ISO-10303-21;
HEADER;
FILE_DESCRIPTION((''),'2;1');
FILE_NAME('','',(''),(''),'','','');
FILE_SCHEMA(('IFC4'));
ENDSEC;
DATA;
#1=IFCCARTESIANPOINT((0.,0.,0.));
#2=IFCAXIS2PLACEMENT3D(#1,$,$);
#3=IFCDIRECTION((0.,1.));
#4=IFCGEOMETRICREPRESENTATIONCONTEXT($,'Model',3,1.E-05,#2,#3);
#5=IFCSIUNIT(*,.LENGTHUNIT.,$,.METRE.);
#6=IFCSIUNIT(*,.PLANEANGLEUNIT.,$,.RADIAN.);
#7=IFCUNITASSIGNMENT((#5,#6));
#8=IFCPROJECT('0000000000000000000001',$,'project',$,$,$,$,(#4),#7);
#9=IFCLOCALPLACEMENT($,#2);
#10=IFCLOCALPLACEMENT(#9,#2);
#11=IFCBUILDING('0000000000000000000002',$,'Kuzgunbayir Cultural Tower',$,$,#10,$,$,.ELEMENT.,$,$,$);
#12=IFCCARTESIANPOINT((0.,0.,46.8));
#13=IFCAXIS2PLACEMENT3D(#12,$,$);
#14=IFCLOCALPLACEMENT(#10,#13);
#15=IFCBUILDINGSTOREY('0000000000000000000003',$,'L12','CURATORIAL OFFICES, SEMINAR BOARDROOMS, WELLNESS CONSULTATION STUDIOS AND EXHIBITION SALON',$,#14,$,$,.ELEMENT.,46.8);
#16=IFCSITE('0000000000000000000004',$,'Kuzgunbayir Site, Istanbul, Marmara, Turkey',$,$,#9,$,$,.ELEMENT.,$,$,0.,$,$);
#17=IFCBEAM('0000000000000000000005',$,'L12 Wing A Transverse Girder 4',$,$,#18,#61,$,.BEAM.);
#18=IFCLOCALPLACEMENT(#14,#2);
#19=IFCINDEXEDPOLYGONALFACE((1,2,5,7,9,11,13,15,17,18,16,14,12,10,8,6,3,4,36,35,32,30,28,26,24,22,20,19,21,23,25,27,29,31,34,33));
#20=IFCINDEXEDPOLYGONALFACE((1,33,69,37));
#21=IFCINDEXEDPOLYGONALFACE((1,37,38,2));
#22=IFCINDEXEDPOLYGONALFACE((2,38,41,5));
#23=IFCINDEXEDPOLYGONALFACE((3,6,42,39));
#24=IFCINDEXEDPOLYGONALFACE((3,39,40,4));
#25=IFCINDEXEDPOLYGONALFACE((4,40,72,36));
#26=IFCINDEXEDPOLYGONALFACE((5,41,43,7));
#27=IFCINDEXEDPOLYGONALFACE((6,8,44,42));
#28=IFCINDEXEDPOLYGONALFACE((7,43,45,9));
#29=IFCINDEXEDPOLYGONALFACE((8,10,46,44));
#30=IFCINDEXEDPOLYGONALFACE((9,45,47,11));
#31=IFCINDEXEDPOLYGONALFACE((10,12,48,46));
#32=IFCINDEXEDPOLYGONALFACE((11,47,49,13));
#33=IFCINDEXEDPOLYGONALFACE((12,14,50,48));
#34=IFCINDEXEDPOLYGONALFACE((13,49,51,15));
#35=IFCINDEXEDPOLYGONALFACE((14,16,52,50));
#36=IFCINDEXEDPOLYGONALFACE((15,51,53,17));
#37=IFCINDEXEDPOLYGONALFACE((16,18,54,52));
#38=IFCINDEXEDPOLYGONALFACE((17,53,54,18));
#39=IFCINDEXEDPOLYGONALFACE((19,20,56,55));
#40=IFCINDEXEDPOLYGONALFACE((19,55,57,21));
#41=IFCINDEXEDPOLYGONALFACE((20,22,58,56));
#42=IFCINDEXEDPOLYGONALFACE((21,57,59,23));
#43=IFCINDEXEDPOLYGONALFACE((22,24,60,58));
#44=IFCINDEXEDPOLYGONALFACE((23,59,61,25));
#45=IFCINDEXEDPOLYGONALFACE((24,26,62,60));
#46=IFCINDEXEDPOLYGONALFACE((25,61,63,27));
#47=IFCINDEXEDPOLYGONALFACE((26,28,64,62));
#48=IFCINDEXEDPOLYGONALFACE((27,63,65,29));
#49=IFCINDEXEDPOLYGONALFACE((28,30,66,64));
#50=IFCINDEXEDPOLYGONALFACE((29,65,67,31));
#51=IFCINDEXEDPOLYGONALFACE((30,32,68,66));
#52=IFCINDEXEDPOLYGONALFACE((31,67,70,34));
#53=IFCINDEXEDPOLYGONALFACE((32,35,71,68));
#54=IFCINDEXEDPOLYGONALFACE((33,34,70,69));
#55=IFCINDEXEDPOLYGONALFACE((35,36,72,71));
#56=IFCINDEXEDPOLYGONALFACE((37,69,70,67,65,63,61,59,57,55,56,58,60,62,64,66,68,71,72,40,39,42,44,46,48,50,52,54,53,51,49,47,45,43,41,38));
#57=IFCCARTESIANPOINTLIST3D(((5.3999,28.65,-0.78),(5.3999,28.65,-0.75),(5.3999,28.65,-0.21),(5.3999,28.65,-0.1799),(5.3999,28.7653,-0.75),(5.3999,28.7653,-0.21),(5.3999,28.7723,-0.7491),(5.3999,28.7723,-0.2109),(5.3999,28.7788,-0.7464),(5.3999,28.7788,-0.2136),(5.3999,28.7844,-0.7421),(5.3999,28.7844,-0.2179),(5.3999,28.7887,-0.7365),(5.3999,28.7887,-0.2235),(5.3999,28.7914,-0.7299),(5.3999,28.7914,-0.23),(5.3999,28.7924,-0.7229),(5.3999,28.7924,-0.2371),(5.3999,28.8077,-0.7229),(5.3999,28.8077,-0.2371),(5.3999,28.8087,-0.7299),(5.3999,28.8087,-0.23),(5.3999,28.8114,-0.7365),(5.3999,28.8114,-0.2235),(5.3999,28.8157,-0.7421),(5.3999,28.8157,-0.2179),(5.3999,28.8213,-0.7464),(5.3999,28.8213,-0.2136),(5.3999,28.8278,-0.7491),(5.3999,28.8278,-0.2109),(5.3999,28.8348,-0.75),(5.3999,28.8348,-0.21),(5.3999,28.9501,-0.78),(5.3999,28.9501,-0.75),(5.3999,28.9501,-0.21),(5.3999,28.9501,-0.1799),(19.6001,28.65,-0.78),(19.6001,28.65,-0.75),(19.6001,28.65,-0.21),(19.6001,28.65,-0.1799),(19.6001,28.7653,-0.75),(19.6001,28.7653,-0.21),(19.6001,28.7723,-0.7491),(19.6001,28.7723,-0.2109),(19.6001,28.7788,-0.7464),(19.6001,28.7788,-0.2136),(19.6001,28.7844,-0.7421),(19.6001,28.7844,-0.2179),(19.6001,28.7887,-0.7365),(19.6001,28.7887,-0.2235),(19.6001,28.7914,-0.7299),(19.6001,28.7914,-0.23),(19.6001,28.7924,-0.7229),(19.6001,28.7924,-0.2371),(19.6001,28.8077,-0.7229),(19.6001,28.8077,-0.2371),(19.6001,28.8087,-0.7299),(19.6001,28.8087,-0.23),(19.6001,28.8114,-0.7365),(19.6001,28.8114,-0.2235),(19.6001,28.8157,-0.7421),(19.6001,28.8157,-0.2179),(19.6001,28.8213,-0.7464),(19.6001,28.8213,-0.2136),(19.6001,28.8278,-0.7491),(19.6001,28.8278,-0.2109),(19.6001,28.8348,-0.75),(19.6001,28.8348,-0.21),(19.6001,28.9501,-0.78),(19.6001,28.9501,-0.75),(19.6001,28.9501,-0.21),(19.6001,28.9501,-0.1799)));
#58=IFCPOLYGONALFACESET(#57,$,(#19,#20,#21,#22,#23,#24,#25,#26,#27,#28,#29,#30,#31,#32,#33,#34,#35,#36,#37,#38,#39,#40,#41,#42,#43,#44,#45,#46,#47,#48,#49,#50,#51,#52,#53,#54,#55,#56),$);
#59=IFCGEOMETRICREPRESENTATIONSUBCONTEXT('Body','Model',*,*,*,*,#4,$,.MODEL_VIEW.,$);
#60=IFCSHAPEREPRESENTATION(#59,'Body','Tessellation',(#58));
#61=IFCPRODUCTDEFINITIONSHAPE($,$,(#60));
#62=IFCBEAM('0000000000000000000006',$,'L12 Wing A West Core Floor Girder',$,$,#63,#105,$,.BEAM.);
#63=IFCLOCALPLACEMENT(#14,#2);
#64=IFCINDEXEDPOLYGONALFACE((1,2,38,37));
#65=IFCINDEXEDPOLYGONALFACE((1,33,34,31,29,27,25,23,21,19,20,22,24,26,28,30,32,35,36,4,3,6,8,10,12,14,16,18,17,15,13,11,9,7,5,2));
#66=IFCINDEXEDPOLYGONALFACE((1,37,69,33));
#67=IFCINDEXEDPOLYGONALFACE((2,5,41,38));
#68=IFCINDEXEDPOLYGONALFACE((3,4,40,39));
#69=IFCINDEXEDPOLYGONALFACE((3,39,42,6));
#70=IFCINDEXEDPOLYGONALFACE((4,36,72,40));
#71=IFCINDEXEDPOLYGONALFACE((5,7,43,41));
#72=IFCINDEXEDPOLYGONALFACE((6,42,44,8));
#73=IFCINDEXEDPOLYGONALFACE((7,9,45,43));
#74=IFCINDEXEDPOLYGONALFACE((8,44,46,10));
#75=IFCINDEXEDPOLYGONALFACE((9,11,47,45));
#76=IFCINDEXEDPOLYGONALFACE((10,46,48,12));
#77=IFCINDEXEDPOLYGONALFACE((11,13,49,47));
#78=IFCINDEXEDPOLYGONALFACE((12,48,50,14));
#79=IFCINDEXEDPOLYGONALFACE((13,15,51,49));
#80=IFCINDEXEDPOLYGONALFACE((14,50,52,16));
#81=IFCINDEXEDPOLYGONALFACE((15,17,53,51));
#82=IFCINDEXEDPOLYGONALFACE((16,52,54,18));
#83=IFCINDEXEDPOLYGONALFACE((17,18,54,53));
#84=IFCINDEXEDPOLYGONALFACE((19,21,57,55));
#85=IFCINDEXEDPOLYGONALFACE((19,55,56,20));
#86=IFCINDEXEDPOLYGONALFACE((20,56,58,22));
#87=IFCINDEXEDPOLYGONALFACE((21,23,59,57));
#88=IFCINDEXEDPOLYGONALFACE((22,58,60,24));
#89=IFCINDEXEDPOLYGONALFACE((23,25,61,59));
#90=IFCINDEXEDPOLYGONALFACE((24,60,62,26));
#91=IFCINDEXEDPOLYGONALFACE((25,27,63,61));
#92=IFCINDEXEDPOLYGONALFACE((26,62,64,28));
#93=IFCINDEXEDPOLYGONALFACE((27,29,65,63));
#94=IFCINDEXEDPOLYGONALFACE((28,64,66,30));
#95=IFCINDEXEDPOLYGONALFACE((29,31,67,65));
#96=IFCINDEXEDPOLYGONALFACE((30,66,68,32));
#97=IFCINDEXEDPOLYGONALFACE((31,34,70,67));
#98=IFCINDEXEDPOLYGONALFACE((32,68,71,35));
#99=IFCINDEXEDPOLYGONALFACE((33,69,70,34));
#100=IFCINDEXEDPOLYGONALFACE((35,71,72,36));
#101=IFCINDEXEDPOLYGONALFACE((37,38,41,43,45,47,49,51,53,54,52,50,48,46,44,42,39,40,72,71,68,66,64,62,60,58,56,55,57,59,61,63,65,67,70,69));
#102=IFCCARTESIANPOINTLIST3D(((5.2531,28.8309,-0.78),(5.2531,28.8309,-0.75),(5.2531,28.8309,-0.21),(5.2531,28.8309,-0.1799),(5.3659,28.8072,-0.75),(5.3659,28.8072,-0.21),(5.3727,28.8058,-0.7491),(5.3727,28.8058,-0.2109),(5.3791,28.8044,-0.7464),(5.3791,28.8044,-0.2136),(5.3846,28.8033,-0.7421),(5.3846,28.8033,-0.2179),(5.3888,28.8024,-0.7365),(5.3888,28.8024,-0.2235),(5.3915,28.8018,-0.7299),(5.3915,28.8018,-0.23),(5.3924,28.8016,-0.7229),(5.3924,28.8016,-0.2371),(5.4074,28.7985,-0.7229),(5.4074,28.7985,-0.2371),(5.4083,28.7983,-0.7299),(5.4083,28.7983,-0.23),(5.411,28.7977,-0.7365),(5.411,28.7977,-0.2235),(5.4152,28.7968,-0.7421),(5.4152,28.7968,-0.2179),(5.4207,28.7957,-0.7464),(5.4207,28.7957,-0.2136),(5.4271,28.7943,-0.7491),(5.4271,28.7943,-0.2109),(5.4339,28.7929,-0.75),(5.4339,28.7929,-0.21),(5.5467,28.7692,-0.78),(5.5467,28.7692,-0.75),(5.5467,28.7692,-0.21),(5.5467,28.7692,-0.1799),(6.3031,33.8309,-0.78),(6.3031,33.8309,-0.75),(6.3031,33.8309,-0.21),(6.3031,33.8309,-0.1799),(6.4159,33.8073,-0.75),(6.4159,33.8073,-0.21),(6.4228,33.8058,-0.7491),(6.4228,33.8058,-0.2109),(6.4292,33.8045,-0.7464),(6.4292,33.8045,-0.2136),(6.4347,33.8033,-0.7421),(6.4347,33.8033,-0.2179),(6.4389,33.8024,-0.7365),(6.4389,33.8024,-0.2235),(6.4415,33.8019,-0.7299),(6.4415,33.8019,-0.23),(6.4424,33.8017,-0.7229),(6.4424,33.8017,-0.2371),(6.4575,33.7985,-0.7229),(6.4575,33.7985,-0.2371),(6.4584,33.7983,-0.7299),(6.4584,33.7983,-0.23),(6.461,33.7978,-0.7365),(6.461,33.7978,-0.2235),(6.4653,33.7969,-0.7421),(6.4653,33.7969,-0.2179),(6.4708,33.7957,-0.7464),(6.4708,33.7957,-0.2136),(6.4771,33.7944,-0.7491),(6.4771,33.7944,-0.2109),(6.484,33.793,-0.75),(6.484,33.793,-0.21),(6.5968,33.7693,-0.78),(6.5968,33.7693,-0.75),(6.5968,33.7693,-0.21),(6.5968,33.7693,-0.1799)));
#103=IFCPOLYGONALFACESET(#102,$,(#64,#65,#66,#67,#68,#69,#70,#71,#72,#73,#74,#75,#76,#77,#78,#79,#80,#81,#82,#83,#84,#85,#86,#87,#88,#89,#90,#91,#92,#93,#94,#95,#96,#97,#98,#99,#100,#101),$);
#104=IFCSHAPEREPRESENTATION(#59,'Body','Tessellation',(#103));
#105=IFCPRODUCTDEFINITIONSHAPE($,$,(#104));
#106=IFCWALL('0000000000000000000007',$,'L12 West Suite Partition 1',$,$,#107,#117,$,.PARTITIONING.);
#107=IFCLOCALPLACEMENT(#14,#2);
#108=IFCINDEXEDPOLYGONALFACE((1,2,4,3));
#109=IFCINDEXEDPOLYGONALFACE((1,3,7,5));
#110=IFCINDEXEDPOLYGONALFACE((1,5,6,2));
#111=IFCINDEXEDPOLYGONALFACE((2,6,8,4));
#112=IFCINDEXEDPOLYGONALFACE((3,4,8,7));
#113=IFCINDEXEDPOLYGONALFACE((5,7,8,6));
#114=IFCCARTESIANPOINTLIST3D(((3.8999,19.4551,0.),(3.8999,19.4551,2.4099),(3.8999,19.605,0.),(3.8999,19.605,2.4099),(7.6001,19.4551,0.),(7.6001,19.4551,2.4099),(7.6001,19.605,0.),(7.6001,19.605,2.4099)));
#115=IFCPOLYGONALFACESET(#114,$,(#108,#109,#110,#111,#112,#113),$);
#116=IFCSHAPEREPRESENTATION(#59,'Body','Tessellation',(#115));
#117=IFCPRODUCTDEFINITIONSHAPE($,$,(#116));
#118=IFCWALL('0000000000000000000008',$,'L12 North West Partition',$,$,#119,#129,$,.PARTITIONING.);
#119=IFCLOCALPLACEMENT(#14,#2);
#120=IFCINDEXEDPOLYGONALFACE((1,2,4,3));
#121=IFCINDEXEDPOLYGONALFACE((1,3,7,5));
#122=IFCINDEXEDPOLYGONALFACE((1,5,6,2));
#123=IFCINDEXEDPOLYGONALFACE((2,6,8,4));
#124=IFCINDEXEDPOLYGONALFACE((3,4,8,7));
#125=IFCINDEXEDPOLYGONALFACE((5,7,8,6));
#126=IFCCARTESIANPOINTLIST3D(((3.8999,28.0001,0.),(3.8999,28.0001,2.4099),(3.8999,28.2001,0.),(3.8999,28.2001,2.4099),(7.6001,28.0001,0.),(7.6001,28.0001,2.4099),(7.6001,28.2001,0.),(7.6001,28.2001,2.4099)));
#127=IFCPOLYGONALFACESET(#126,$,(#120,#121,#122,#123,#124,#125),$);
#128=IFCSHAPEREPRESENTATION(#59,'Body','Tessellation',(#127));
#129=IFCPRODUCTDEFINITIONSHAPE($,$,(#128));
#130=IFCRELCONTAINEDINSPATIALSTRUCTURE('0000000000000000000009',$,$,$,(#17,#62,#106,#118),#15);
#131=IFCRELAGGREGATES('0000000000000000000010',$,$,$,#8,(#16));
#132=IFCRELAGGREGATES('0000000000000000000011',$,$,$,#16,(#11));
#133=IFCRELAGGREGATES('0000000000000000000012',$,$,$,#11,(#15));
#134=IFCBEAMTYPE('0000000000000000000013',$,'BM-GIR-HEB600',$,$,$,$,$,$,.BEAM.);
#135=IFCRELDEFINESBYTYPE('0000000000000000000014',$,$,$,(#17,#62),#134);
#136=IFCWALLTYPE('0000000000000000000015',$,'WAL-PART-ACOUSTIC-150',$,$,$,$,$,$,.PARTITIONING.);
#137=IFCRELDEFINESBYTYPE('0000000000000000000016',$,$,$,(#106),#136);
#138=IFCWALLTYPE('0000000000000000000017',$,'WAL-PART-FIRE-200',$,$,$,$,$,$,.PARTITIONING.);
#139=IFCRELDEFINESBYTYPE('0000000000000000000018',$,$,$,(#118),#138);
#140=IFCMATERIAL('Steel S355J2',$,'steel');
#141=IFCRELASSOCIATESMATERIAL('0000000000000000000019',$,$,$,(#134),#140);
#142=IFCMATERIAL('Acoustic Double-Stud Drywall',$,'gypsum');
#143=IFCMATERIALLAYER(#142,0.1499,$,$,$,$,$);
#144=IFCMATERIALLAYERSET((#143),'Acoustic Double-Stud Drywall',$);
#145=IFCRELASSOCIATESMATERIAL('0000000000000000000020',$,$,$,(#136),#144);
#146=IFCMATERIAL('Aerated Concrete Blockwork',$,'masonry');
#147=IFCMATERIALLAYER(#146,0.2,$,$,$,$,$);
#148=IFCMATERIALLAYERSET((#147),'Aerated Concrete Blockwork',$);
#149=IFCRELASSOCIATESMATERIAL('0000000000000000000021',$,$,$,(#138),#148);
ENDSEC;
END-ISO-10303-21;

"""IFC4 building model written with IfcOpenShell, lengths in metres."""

from ifc_helpers import new_model, si_unit, direction, frame, frame_2d, origin, origin_2d, place, context, subcontext, project, spatial, rectangle, i_section, extrude, material, layer, layer_set, material_profile, profile_set, type_object, element, save


model = new_model("IFC4")

# Units and contexts
model_context = context("Model", 3, precision=1e-05, world=origin(), true_north=direction((0.0, 1.0)))
body_context = subcontext(model_context, "Body", "Model", "MODEL_VIEW")
ifc_project = project(units=[si_unit("LENGTHUNIT", "METRE"), si_unit("PLANEANGLEUNIT", "RADIAN")], contexts=[model_context])

# Site, building, storey
site_placement = place(None, origin())
site = spatial("IfcSite", under=ifc_project, at=site_placement, Name="Kuzgunbayir Site, Istanbul, Marmara, Turkey", CompositionType="ELEMENT", RefElevation=0.0)
building_placement = place(site_placement, origin())
building = spatial("IfcBuilding", under=site, at=building_placement, Name="Kuzgunbayir Cultural Tower", CompositionType="ELEMENT")
storey_placement = place(building_placement, frame((0.0, 0.0, 46.8)))
storey = spatial("IfcBuildingStorey", under=building, at=storey_placement, Name="L12", Description="CURATORIAL OFFICES, SEMINAR BOARDROOMS, WELLNESS CONSULTATION STUDIOS AND EXHIBITION SALON", CompositionType="ELEMENT", Elevation=46.8)

# Beams
ifc_material_1 = material(Name="Steel S355J2", Category="steel")
ifc_material_profile_1 = material_profile(ifc_material_1, i_section(OverallWidth=0.3, OverallDepth=0.6001, WebThickness=0.0154, FlangeThickness=0.03, FilletRadius=0.0271, at=origin_2d()), Name="HEB 600")
ifc_profile_set_1 = profile_set([ifc_material_profile_1], Name="Steel S355J2")
beam_type_1 = type_object("IfcBeamType", Name="BM-GIR-HEB600", PredefinedType="BEAM", material=ifc_profile_set_1)
for number, where, z_axis, x_axis, name in (
    (1, (5.3999, 28.8, -0.48), (1.0, 0.0, 0.0), (0.0, 1.0, 0.0), "L12 Wing A Transverse Girder 4"),
):
    element("IfcBeam", number, at=place(storey_placement, frame(where, z_axis=z_axis, x_axis=x_axis)), inside=storey, type_object=beam_type_1, Name=name, PredefinedType="BEAM", context=body_context, shape_type="SweptSolid", body=[
        extrude(i_section(OverallWidth=0.3, OverallDepth=0.6001, WebThickness=0.0154, FlangeThickness=0.03, FilletRadius=0.0271, at=origin_2d()), origin(), (0.0, 0.0, 1.0), 14.2002),
    ])
beam_1_placement = place(storey_placement, frame((5.3999, 28.8, -0.48), z_axis=(0.205526, 0.978652, 0.0), x_axis=(-0.978652, 0.205526, 0.0)))
element("IfcBeam", 2, at=beam_1_placement, inside=storey, type_object=beam_type_1, Name="L12 Wing A West Core Floor Girder", PredefinedType="BEAM", context=body_context, shape_type="SweptSolid", body=[
    extrude(i_section(OverallWidth=0.3, OverallDepth=0.6001, WebThickness=0.0154, FlangeThickness=0.03, FilletRadius=0.0271, at=origin_2d()), origin(), (0.0, 0.0, 1.0), 5.1091),
])

# Walls
ifc_material_2 = material(Name="Acoustic Double-Stud Drywall", Category="gypsum")
ifc_layer_1 = layer(ifc_material_2, 0.1499)
ifc_layer_set_1 = layer_set([ifc_layer_1], Name="Acoustic Double-Stud Drywall")
wall_type_1 = type_object("IfcWallType", Name="WAL-PART-ACOUSTIC-150", PredefinedType="PARTITIONING", material=ifc_layer_set_1)
wall_1_placement = place(storey_placement, frame((3.8999, 19.53, 0.0), z_axis=(0.0, 0.0, 1.0), x_axis=(1.0, 0.0, 0.0)))
element("IfcWall", 3, at=wall_1_placement, inside=storey, type_object=wall_type_1, Name="L12 West Suite Partition 1", PredefinedType="PARTITIONING", context=body_context, shape_type="SweptSolid", body=[
    extrude(rectangle(XDim=3.7002, YDim=0.1499, at=frame_2d((1.8501, 0.0))), origin(), (0.0, 0.0, 1.0), 2.4099),
])
ifc_material_3 = material(Name="Aerated Concrete Blockwork", Category="masonry")
ifc_layer_2 = layer(ifc_material_3, 0.2)
ifc_layer_set_2 = layer_set([ifc_layer_2], Name="Aerated Concrete Blockwork")
wall_type_2 = type_object("IfcWallType", Name="WAL-PART-FIRE-200", PredefinedType="PARTITIONING", material=ifc_layer_set_2)
wall_2_placement = place(storey_placement, frame((3.8999, 28.1001, 0.0), z_axis=(0.0, 0.0, 1.0), x_axis=(1.0, 0.0, 0.0)))
element("IfcWall", 4, at=wall_2_placement, inside=storey, type_object=wall_type_2, Name="L12 North West Partition", PredefinedType="PARTITIONING", context=body_context, shape_type="SweptSolid", body=[
    extrude(rectangle(XDim=3.7002, YDim=0.2, at=frame_2d((1.8501, 0.0))), origin(), (0.0, 0.0, 1.0), 2.4099),
])

save(model, "model.ifc")
